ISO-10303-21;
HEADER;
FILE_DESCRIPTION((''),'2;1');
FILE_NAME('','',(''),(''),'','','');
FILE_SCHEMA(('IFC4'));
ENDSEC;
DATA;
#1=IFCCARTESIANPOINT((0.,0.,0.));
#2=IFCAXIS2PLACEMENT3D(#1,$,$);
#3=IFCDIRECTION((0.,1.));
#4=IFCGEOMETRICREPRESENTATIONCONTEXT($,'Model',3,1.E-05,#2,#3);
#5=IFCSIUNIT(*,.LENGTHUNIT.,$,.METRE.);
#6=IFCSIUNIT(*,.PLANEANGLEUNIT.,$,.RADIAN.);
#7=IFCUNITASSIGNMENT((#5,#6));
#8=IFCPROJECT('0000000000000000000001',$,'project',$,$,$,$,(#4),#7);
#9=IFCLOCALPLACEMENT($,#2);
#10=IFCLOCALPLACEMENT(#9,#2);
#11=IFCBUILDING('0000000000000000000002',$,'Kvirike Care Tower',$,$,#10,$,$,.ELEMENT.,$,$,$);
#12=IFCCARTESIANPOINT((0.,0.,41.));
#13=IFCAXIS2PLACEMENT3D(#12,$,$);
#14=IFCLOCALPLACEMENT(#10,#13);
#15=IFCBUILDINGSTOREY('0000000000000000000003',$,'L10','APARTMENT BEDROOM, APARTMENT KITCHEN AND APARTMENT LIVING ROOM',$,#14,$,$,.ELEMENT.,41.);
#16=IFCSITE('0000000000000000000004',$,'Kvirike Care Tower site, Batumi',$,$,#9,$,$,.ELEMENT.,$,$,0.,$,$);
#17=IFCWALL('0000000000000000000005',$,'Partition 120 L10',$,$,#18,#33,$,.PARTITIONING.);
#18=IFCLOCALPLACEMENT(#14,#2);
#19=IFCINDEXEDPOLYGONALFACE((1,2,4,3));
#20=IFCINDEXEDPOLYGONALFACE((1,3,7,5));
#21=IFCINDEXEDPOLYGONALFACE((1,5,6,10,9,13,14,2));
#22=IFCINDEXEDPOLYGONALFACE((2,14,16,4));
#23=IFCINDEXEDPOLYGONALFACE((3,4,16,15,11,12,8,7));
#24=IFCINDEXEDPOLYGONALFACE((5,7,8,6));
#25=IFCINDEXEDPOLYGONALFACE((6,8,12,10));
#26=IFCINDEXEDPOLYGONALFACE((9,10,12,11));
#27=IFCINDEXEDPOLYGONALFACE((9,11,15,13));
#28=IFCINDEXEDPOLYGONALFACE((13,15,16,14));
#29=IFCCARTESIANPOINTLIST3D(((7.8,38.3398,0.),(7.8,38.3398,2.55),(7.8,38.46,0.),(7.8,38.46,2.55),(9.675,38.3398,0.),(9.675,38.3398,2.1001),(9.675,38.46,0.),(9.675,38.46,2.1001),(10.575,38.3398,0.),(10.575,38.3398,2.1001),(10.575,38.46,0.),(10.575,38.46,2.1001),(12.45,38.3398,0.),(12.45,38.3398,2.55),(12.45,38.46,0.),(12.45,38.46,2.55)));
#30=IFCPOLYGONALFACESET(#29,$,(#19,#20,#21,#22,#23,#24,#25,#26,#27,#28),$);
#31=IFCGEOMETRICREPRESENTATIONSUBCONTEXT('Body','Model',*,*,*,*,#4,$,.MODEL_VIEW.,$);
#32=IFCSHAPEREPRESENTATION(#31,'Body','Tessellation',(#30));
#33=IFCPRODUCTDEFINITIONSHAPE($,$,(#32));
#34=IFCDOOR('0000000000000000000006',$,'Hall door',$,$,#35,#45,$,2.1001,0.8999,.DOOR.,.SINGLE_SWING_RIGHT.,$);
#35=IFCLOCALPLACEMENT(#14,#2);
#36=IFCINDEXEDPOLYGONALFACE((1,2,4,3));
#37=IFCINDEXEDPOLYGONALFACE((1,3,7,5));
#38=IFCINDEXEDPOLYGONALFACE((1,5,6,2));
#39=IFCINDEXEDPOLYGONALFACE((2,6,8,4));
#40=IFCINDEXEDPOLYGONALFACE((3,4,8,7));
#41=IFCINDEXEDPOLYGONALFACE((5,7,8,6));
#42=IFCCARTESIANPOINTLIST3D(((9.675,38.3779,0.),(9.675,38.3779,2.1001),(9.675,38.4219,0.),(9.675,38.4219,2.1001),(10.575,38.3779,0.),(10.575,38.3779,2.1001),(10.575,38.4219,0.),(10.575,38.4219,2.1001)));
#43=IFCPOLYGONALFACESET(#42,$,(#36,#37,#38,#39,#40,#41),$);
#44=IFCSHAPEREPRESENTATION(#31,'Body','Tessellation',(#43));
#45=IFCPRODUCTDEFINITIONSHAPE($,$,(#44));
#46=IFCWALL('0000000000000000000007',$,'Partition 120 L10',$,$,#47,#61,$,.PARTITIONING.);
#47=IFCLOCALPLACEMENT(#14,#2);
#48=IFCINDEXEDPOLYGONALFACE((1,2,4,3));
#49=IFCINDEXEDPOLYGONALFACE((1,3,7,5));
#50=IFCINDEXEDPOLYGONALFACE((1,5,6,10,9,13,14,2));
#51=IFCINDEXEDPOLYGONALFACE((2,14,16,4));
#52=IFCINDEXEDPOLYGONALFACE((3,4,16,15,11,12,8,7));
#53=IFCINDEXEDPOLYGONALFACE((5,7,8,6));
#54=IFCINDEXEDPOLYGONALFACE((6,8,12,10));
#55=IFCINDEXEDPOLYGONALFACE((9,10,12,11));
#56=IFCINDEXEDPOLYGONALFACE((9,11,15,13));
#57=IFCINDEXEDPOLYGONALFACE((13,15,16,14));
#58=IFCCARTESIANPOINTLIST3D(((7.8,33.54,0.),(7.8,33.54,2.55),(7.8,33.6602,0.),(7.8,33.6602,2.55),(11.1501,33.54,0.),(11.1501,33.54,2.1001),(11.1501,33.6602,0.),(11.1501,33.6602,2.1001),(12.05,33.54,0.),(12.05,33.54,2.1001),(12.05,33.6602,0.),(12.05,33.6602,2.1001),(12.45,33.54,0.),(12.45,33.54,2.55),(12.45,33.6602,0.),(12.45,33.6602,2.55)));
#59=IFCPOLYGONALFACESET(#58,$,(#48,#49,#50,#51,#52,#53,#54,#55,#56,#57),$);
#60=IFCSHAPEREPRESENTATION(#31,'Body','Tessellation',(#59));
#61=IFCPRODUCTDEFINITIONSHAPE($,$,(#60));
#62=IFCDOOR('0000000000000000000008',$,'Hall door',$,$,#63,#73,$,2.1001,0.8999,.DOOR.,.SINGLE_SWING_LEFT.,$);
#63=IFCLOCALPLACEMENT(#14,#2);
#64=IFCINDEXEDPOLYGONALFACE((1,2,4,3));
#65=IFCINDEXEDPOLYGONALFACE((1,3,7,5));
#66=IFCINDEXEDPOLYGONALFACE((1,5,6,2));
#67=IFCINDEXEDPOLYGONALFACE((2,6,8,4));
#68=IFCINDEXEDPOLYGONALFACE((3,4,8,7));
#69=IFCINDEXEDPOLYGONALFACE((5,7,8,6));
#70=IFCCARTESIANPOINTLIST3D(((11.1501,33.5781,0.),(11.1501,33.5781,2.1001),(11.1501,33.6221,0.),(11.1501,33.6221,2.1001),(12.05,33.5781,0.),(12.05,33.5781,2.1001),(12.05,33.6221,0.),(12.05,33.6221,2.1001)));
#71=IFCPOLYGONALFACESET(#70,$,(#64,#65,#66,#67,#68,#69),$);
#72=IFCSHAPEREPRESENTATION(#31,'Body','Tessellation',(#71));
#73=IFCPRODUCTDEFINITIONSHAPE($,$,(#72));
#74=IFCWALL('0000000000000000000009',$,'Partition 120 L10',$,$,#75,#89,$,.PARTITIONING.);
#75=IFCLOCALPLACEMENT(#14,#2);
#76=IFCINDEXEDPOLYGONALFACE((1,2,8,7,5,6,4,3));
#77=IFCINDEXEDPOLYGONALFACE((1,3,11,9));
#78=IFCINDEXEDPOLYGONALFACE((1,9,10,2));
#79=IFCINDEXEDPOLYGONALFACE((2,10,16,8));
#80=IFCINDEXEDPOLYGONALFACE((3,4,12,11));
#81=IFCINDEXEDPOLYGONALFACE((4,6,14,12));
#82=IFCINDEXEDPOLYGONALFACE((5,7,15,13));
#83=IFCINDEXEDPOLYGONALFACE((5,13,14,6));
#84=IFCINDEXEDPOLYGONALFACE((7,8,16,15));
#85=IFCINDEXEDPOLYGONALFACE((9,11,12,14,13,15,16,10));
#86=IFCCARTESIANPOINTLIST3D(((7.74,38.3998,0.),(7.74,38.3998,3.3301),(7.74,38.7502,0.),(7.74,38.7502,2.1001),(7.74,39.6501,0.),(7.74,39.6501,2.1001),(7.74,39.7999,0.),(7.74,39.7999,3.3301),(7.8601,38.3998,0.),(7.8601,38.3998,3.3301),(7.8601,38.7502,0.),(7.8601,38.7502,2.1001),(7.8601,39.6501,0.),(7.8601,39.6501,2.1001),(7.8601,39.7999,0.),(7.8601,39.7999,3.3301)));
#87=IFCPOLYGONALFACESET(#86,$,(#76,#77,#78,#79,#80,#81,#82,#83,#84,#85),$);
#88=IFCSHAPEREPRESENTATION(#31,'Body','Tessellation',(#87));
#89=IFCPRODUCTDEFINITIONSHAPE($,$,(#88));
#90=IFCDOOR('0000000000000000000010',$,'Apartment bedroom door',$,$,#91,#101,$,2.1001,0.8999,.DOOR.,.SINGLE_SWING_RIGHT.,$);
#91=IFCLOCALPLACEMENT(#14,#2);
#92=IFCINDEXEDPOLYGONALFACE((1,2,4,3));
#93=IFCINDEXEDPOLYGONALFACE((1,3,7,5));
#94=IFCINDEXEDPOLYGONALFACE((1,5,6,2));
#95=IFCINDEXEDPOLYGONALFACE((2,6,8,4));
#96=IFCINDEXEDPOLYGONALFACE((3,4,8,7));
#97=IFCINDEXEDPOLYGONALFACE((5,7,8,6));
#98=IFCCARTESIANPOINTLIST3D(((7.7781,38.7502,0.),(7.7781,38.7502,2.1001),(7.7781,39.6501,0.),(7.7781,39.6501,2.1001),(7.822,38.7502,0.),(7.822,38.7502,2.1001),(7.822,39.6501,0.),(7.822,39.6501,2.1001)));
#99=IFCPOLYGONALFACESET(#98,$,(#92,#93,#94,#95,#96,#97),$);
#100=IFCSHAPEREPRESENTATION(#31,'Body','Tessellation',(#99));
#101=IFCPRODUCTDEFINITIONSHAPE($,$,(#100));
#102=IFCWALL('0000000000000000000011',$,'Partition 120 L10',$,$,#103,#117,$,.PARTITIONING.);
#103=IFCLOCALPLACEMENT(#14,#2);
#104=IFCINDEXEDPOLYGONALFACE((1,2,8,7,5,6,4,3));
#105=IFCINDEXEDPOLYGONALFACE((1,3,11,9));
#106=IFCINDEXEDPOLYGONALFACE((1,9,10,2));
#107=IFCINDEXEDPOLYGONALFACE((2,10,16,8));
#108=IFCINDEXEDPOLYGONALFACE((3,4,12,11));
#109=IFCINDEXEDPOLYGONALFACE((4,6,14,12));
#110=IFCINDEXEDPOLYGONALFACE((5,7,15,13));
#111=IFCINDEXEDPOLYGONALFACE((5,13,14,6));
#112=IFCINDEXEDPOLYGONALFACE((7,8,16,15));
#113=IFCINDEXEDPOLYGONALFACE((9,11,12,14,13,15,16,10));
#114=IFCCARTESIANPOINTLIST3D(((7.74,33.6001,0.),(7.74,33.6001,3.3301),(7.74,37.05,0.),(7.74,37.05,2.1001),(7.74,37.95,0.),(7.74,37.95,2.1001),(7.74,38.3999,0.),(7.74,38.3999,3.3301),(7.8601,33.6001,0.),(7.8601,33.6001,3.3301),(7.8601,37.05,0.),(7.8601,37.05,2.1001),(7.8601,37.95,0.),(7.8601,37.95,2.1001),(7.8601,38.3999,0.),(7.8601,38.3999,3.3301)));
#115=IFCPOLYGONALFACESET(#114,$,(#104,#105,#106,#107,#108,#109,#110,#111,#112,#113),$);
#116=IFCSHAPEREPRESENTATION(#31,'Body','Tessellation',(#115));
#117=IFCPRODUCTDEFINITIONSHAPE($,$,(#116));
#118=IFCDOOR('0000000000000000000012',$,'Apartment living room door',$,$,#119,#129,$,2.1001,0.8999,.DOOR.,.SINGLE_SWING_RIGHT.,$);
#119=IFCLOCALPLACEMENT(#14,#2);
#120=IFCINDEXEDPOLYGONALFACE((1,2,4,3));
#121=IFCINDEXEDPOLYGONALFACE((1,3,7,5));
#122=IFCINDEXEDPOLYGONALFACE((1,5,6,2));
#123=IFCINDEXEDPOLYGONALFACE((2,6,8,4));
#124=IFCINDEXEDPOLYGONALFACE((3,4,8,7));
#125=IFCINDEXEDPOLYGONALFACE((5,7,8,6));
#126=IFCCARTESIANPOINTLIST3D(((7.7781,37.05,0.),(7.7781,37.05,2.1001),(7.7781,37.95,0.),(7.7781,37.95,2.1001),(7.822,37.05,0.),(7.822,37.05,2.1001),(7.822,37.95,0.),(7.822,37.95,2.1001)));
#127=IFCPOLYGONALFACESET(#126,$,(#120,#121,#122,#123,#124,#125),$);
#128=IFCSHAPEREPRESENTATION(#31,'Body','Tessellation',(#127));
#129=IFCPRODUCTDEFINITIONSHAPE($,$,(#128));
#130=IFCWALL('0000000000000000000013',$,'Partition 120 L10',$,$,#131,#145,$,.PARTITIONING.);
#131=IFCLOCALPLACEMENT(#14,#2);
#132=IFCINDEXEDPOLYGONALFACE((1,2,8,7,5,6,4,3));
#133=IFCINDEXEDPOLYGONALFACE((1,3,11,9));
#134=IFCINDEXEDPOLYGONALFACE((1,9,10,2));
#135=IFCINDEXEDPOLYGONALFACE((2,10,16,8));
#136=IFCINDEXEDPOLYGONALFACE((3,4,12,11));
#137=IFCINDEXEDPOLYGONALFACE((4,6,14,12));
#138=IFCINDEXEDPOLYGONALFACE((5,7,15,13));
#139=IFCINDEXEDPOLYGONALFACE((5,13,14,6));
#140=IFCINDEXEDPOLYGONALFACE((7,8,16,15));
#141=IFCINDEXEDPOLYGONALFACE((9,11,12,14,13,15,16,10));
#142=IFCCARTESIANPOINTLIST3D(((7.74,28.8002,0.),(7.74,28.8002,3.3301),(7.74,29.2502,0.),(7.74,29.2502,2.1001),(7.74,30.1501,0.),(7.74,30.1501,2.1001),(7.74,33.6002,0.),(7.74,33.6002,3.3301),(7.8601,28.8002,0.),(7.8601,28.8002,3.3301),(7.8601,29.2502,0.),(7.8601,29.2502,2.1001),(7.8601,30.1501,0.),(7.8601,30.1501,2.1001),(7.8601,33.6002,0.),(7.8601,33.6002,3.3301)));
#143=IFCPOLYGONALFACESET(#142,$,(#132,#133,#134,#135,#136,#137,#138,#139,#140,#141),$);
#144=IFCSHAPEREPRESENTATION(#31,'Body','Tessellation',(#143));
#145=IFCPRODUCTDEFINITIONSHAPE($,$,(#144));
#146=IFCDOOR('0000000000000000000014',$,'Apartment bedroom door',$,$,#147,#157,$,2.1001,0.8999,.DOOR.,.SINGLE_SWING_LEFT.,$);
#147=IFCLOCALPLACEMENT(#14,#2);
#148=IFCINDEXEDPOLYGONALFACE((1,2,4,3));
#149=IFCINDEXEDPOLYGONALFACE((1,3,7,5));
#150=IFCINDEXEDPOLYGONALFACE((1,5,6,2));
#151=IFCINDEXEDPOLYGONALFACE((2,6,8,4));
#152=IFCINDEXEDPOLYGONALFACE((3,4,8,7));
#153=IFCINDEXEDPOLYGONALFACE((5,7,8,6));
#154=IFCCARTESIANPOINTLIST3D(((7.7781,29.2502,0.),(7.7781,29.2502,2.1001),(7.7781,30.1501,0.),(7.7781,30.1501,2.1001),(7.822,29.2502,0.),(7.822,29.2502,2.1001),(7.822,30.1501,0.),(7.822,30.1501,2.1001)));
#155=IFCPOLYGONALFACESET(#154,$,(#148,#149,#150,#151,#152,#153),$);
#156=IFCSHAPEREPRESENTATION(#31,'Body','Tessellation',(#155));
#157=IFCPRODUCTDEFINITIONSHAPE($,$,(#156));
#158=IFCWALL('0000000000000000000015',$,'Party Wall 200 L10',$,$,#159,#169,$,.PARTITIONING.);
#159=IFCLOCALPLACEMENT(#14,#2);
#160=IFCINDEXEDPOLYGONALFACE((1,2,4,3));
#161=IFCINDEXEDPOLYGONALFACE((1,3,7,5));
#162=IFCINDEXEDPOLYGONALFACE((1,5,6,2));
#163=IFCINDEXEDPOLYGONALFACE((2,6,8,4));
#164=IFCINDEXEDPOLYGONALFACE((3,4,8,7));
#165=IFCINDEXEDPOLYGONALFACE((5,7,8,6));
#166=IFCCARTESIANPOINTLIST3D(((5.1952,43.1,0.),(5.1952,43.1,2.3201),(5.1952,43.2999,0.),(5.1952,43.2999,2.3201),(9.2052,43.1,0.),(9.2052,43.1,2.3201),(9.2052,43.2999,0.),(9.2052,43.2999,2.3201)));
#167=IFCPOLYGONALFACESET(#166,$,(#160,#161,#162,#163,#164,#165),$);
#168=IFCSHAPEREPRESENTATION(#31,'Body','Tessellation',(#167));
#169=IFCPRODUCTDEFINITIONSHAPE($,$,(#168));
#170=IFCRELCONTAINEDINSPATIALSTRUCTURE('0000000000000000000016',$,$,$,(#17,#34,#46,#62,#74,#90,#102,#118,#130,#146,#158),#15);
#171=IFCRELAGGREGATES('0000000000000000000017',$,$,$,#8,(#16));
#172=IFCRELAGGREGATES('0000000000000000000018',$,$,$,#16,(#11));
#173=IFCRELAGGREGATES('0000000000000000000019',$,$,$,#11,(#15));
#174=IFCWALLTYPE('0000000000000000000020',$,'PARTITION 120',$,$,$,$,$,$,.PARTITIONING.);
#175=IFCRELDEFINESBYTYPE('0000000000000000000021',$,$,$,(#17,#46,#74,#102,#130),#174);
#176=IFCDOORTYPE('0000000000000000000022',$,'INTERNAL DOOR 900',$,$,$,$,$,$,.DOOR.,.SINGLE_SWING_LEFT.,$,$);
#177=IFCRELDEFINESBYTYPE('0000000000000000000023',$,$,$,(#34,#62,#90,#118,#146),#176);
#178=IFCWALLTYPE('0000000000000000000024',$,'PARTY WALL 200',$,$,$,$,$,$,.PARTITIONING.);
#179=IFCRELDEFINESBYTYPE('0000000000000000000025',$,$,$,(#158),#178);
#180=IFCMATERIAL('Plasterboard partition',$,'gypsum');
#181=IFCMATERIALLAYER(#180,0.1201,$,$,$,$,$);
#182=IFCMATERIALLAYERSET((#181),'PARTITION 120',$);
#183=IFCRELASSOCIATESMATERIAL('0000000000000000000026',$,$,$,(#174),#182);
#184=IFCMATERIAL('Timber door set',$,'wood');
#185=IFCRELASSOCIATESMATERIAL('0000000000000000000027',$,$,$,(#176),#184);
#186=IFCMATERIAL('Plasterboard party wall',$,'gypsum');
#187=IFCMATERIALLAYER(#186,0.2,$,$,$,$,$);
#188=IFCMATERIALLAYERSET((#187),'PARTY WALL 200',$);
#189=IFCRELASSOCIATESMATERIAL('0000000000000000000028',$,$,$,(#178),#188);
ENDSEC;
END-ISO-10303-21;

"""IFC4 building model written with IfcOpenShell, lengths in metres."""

from ifc_helpers import new_model, si_unit, direction, frame, frame_2d, origin, place, context, subcontext, project, spatial, rectangle, extrude, material, layer, layer_set, type_object, element, fill, save


model = new_model("IFC4")

# Units and contexts
model_context = context("Model", 3, precision=1e-05, world=origin(), true_north=direction((0.0, 1.0)))
body_context = subcontext(model_context, "Body", "Model", "MODEL_VIEW")
ifc_project = project(units=[si_unit("LENGTHUNIT", "METRE"), si_unit("PLANEANGLEUNIT", "RADIAN")], contexts=[model_context])

# Site, building, storey
site_placement = place(None, origin())
site = spatial("IfcSite", under=ifc_project, at=site_placement, Name="Kvirike Care Tower site, Batumi", CompositionType="ELEMENT", RefElevation=0.0)
building_placement = place(site_placement, origin())
building = spatial("IfcBuilding", under=site, at=building_placement, Name="Kvirike Care Tower", CompositionType="ELEMENT")
storey_placement = place(building_placement, frame((0.0, 0.0, 41.0)))
storey = spatial("IfcBuildingStorey", under=building, at=storey_placement, Name="L10", Description="APARTMENT BEDROOM, APARTMENT KITCHEN AND APARTMENT LIVING ROOM", CompositionType="ELEMENT", Elevation=41.0)

# Walls, openings, doors
ifc_material_1 = material(Name="Plasterboard partition", Category="gypsum")
ifc_layer_1 = layer(ifc_material_1, 0.1201)
ifc_layer_set_1 = layer_set([ifc_layer_1], Name="PARTITION 120")
wall_type_1 = type_object("IfcWallType", Name="PARTITION 120", PredefinedType="PARTITIONING", material=ifc_layer_set_1)
wall_1_placement = place(storey_placement, frame((7.8, 38.3999, 0.0), z_axis=(0.0, 0.0, 1.0), x_axis=(1.0, 0.0, 0.0)))
wall_1 = element("IfcWall", 1, at=wall_1_placement, inside=storey, type_object=wall_type_1, Name="Partition 120 L10", PredefinedType="PARTITIONING", context=body_context, shape_type="SweptSolid", body=[
    extrude(rectangle(XDim=4.6499, YDim=0.1201, at=frame_2d((2.325, 0.0))), origin(), (0.0, 0.0, 1.0), 2.55),
])
opening_1_placement = place(wall_1_placement, frame((1.875, 0.0, 0.0)))
opening_1 = element("IfcOpeningElement", 2, at=opening_1_placement, cuts=wall_1, PredefinedType="OPENING", context=body_context, shape_type="SweptSolid", body=[
    extrude(rectangle(XDim=0.8999, YDim=2.1001, at=frame_2d((0.45, 1.05))), frame((0.0, 0.0706, 0.0), z_axis=(0.0, -1.0, 0.0), x_axis=(1.0, 0.0, 0.0)), (0.0, 0.0, 1.0), 0.1411),
])
ifc_material_2 = material(Name="Timber door set", Category="wood")
door_type = type_object("IfcDoorType", Name="INTERNAL DOOR 900", OperationType="SINGLE_SWING_LEFT", PredefinedType="DOOR", material=ifc_material_2)
door_1_placement = place(opening_1_placement, origin())
door_1 = element("IfcDoor", 3, at=door_1_placement, inside=storey, type_object=door_type, Name="Hall door", OperationType="SINGLE_SWING_RIGHT", OverallHeight=2.1001, OverallWidth=0.8999, PredefinedType="DOOR", context=body_context, shape_type="SweptSolid", body=[
    extrude(rectangle(XDim=0.8999, YDim=2.1001, at=frame_2d((0.45, 1.05))), frame((0.0, 0.022, 0.0), z_axis=(0.0, -1.0, 0.0), x_axis=(1.0, 0.0, 0.0)), (0.0, 0.0, 1.0), 0.0439),
])
fill(opening_1, door_1)
wall_2_placement = place(storey_placement, frame((7.8, 33.6001, 0.0), z_axis=(0.0, 0.0, 1.0), x_axis=(1.0, 0.0, 0.0)))
wall_2 = element("IfcWall", 4, at=wall_2_placement, inside=storey, type_object=wall_type_1, Name="Partition 120 L10", PredefinedType="PARTITIONING", context=body_context, shape_type="SweptSolid", body=[
    extrude(rectangle(XDim=4.6499, YDim=0.1201, at=frame_2d((2.325, 0.0))), origin(), (0.0, 0.0, 1.0), 2.55),
])
opening_2_placement = place(wall_2_placement, frame((3.3501, 0.0, 0.0)))
opening_2 = element("IfcOpeningElement", 5, at=opening_2_placement, cuts=wall_2, PredefinedType="OPENING", context=body_context, shape_type="SweptSolid", body=[
    extrude(rectangle(XDim=0.8999, YDim=2.1001, at=frame_2d((0.45, 1.05))), frame((0.0, 0.0706, 0.0), z_axis=(0.0, -1.0, 0.0), x_axis=(1.0, 0.0, 0.0)), (0.0, 0.0, 1.0), 0.1411),
])
door_2_placement = place(opening_2_placement, origin())
door_2 = element("IfcDoor", 6, at=door_2_placement, inside=storey, type_object=door_type, Name="Hall door", OperationType="SINGLE_SWING_LEFT", OverallHeight=2.1001, OverallWidth=0.8999, PredefinedType="DOOR", context=body_context, shape_type="SweptSolid", body=[
    extrude(rectangle(XDim=0.8999, YDim=2.1001, at=frame_2d((0.45, 1.05))), frame((0.0, 0.022, 0.0), z_axis=(0.0, -1.0, 0.0), x_axis=(1.0, 0.0, 0.0)), (0.0, 0.0, 1.0), 0.0439),
])
fill(opening_2, door_2)
wall_3_placement = place(storey_placement, frame((7.8, 39.8, 0.0), z_axis=(0.0, 0.0, 1.0), x_axis=(0.0, -1.0, 0.0)))
wall_3 = element("IfcWall", 7, at=wall_3_placement, inside=storey, type_object=wall_type_1, Name="Partition 120 L10", PredefinedType="PARTITIONING", context=body_context, shape_type="SweptSolid", body=[
    extrude(rectangle(XDim=1.4001, YDim=0.1201, at=frame_2d((0.7002, 0.0))), origin(), (0.0, 0.0, 1.0), 3.3301),
])
opening_3_placement = place(wall_3_placement, frame((0.1499, 0.0, 0.0)))
opening_3 = element("IfcOpeningElement", 8, at=opening_3_placement, cuts=wall_3, PredefinedType="OPENING", context=body_context, shape_type="SweptSolid", body=[
    extrude(rectangle(XDim=0.8999, YDim=2.1001, at=frame_2d((0.45, 1.05))), frame((0.0, 0.0706, 0.0), z_axis=(0.0, -1.0, 0.0), x_axis=(1.0, 0.0, 0.0)), (0.0, 0.0, 1.0), 0.1411),
])
door_3_placement = place(opening_3_placement, origin())
door_3 = element("IfcDoor", 9, at=door_3_placement, inside=storey, type_object=door_type, Name="Apartment bedroom door", OperationType="SINGLE_SWING_RIGHT", OverallHeight=2.1001, OverallWidth=0.8999, PredefinedType="DOOR", context=body_context, shape_type="SweptSolid", body=[
    extrude(rectangle(XDim=0.8999, YDim=2.1001, at=frame_2d((0.45, 1.05))), frame((0.0, 0.022, 0.0), z_axis=(0.0, -1.0, 0.0), x_axis=(1.0, 0.0, 0.0)), (0.0, 0.0, 1.0), 0.0439),
])
fill(opening_3, door_3)
wall_4_placement = place(storey_placement, frame((7.8, 38.3999, 0.0), z_axis=(0.0, 0.0, 1.0), x_axis=(0.0, -1.0, 0.0)))
wall_4 = element("IfcWall", 10, at=wall_4_placement, inside=storey, type_object=wall_type_1, Name="Partition 120 L10", PredefinedType="PARTITIONING", context=body_context, shape_type="SweptSolid", body=[
    extrude(rectangle(XDim=4.7998, YDim=0.1201, at=frame_2d((2.3999, 0.0))), origin(), (0.0, 0.0, 1.0), 3.3301),
])
opening_4_placement = place(wall_4_placement, frame((0.45, 0.0, 0.0)))
opening_4 = element("IfcOpeningElement", 11, at=opening_4_placement, cuts=wall_4, PredefinedType="OPENING", context=body_context, shape_type="SweptSolid", body=[
    extrude(rectangle(XDim=0.8999, YDim=2.1001, at=frame_2d((0.45, 1.05))), frame((0.0, 0.0706, 0.0), z_axis=(0.0, -1.0, 0.0), x_axis=(1.0, 0.0, 0.0)), (0.0, 0.0, 1.0), 0.1411),
])
door_4_placement = place(opening_4_placement, origin())
door_4 = element("IfcDoor", 12, at=door_4_placement, inside=storey, type_object=door_type, Name="Apartment living room door", OperationType="SINGLE_SWING_RIGHT", OverallHeight=2.1001, OverallWidth=0.8999, PredefinedType="DOOR", context=body_context, shape_type="SweptSolid", body=[
    extrude(rectangle(XDim=0.8999, YDim=2.1001, at=frame_2d((0.45, 1.05))), frame((0.0, 0.022, 0.0), z_axis=(0.0, -1.0, 0.0), x_axis=(1.0, 0.0, 0.0)), (0.0, 0.0, 1.0), 0.0439),
])
fill(opening_4, door_4)
wall_5_placement = place(storey_placement, frame((7.8, 33.6001, 0.0), z_axis=(0.0, 0.0, 1.0), x_axis=(0.0, -1.0, 0.0)))
wall_5 = element("IfcWall", 13, at=wall_5_placement, inside=storey, type_object=wall_type_1, Name="Partition 120 L10", PredefinedType="PARTITIONING", context=body_context, shape_type="SweptSolid", body=[
    extrude(rectangle(XDim=4.8, YDim=0.1201, at=frame_2d((2.3999, 0.0))), origin(), (0.0, 0.0, 1.0), 3.3301),
])
opening_5_placement = place(wall_5_placement, frame((3.45, 0.0, 0.0)))
opening_5 = element("IfcOpeningElement", 14, at=opening_5_placement, cuts=wall_5, PredefinedType="OPENING", context=body_context, shape_type="SweptSolid", body=[
    extrude(rectangle(XDim=0.8999, YDim=2.1001, at=frame_2d((0.45, 1.05))), frame((0.0, 0.0706, 0.0), z_axis=(0.0, -1.0, 0.0), x_axis=(1.0, 0.0, 0.0)), (0.0, 0.0, 1.0), 0.1411),
])
door_5_placement = place(opening_5_placement, origin())
door_5 = element("IfcDoor", 15, at=door_5_placement, inside=storey, type_object=door_type, Name="Apartment bedroom door", OperationType="SINGLE_SWING_LEFT", OverallHeight=2.1001, OverallWidth=0.8999, PredefinedType="DOOR", context=body_context, shape_type="SweptSolid", body=[
    extrude(rectangle(XDim=0.8999, YDim=2.1001, at=frame_2d((0.45, 1.05))), frame((0.0, 0.022, 0.0), z_axis=(0.0, -1.0, 0.0), x_axis=(1.0, 0.0, 0.0)), (0.0, 0.0, 1.0), 0.0439),
])
fill(opening_5, door_5)

# Wall
ifc_material_3 = material(Name="Plasterboard party wall", Category="gypsum")
ifc_layer_2 = layer(ifc_material_3, 0.2)
ifc_layer_set_2 = layer_set([ifc_layer_2], Name="PARTY WALL 200")
wall_type_2 = type_object("IfcWallType", Name="PARTY WALL 200", PredefinedType="PARTITIONING", material=ifc_layer_set_2)
wall_6_placement = place(storey_placement, frame((9.2051, 43.2, 0.0), z_axis=(0.0, 0.0, 1.0), x_axis=(-1.0, 0.0, 0.0)))
element("IfcWall", 16, at=wall_6_placement, inside=storey, type_object=wall_type_2, Name="Party Wall 200 L10", PredefinedType="PARTITIONING", context=body_context, shape_type="SweptSolid", body=[
    extrude(rectangle(XDim=4.01, YDim=0.2, at=frame_2d((2.0049, 0.0))), origin(), (0.0, 0.0, 1.0), 2.3201),
])

save(model, "model.ifc")
